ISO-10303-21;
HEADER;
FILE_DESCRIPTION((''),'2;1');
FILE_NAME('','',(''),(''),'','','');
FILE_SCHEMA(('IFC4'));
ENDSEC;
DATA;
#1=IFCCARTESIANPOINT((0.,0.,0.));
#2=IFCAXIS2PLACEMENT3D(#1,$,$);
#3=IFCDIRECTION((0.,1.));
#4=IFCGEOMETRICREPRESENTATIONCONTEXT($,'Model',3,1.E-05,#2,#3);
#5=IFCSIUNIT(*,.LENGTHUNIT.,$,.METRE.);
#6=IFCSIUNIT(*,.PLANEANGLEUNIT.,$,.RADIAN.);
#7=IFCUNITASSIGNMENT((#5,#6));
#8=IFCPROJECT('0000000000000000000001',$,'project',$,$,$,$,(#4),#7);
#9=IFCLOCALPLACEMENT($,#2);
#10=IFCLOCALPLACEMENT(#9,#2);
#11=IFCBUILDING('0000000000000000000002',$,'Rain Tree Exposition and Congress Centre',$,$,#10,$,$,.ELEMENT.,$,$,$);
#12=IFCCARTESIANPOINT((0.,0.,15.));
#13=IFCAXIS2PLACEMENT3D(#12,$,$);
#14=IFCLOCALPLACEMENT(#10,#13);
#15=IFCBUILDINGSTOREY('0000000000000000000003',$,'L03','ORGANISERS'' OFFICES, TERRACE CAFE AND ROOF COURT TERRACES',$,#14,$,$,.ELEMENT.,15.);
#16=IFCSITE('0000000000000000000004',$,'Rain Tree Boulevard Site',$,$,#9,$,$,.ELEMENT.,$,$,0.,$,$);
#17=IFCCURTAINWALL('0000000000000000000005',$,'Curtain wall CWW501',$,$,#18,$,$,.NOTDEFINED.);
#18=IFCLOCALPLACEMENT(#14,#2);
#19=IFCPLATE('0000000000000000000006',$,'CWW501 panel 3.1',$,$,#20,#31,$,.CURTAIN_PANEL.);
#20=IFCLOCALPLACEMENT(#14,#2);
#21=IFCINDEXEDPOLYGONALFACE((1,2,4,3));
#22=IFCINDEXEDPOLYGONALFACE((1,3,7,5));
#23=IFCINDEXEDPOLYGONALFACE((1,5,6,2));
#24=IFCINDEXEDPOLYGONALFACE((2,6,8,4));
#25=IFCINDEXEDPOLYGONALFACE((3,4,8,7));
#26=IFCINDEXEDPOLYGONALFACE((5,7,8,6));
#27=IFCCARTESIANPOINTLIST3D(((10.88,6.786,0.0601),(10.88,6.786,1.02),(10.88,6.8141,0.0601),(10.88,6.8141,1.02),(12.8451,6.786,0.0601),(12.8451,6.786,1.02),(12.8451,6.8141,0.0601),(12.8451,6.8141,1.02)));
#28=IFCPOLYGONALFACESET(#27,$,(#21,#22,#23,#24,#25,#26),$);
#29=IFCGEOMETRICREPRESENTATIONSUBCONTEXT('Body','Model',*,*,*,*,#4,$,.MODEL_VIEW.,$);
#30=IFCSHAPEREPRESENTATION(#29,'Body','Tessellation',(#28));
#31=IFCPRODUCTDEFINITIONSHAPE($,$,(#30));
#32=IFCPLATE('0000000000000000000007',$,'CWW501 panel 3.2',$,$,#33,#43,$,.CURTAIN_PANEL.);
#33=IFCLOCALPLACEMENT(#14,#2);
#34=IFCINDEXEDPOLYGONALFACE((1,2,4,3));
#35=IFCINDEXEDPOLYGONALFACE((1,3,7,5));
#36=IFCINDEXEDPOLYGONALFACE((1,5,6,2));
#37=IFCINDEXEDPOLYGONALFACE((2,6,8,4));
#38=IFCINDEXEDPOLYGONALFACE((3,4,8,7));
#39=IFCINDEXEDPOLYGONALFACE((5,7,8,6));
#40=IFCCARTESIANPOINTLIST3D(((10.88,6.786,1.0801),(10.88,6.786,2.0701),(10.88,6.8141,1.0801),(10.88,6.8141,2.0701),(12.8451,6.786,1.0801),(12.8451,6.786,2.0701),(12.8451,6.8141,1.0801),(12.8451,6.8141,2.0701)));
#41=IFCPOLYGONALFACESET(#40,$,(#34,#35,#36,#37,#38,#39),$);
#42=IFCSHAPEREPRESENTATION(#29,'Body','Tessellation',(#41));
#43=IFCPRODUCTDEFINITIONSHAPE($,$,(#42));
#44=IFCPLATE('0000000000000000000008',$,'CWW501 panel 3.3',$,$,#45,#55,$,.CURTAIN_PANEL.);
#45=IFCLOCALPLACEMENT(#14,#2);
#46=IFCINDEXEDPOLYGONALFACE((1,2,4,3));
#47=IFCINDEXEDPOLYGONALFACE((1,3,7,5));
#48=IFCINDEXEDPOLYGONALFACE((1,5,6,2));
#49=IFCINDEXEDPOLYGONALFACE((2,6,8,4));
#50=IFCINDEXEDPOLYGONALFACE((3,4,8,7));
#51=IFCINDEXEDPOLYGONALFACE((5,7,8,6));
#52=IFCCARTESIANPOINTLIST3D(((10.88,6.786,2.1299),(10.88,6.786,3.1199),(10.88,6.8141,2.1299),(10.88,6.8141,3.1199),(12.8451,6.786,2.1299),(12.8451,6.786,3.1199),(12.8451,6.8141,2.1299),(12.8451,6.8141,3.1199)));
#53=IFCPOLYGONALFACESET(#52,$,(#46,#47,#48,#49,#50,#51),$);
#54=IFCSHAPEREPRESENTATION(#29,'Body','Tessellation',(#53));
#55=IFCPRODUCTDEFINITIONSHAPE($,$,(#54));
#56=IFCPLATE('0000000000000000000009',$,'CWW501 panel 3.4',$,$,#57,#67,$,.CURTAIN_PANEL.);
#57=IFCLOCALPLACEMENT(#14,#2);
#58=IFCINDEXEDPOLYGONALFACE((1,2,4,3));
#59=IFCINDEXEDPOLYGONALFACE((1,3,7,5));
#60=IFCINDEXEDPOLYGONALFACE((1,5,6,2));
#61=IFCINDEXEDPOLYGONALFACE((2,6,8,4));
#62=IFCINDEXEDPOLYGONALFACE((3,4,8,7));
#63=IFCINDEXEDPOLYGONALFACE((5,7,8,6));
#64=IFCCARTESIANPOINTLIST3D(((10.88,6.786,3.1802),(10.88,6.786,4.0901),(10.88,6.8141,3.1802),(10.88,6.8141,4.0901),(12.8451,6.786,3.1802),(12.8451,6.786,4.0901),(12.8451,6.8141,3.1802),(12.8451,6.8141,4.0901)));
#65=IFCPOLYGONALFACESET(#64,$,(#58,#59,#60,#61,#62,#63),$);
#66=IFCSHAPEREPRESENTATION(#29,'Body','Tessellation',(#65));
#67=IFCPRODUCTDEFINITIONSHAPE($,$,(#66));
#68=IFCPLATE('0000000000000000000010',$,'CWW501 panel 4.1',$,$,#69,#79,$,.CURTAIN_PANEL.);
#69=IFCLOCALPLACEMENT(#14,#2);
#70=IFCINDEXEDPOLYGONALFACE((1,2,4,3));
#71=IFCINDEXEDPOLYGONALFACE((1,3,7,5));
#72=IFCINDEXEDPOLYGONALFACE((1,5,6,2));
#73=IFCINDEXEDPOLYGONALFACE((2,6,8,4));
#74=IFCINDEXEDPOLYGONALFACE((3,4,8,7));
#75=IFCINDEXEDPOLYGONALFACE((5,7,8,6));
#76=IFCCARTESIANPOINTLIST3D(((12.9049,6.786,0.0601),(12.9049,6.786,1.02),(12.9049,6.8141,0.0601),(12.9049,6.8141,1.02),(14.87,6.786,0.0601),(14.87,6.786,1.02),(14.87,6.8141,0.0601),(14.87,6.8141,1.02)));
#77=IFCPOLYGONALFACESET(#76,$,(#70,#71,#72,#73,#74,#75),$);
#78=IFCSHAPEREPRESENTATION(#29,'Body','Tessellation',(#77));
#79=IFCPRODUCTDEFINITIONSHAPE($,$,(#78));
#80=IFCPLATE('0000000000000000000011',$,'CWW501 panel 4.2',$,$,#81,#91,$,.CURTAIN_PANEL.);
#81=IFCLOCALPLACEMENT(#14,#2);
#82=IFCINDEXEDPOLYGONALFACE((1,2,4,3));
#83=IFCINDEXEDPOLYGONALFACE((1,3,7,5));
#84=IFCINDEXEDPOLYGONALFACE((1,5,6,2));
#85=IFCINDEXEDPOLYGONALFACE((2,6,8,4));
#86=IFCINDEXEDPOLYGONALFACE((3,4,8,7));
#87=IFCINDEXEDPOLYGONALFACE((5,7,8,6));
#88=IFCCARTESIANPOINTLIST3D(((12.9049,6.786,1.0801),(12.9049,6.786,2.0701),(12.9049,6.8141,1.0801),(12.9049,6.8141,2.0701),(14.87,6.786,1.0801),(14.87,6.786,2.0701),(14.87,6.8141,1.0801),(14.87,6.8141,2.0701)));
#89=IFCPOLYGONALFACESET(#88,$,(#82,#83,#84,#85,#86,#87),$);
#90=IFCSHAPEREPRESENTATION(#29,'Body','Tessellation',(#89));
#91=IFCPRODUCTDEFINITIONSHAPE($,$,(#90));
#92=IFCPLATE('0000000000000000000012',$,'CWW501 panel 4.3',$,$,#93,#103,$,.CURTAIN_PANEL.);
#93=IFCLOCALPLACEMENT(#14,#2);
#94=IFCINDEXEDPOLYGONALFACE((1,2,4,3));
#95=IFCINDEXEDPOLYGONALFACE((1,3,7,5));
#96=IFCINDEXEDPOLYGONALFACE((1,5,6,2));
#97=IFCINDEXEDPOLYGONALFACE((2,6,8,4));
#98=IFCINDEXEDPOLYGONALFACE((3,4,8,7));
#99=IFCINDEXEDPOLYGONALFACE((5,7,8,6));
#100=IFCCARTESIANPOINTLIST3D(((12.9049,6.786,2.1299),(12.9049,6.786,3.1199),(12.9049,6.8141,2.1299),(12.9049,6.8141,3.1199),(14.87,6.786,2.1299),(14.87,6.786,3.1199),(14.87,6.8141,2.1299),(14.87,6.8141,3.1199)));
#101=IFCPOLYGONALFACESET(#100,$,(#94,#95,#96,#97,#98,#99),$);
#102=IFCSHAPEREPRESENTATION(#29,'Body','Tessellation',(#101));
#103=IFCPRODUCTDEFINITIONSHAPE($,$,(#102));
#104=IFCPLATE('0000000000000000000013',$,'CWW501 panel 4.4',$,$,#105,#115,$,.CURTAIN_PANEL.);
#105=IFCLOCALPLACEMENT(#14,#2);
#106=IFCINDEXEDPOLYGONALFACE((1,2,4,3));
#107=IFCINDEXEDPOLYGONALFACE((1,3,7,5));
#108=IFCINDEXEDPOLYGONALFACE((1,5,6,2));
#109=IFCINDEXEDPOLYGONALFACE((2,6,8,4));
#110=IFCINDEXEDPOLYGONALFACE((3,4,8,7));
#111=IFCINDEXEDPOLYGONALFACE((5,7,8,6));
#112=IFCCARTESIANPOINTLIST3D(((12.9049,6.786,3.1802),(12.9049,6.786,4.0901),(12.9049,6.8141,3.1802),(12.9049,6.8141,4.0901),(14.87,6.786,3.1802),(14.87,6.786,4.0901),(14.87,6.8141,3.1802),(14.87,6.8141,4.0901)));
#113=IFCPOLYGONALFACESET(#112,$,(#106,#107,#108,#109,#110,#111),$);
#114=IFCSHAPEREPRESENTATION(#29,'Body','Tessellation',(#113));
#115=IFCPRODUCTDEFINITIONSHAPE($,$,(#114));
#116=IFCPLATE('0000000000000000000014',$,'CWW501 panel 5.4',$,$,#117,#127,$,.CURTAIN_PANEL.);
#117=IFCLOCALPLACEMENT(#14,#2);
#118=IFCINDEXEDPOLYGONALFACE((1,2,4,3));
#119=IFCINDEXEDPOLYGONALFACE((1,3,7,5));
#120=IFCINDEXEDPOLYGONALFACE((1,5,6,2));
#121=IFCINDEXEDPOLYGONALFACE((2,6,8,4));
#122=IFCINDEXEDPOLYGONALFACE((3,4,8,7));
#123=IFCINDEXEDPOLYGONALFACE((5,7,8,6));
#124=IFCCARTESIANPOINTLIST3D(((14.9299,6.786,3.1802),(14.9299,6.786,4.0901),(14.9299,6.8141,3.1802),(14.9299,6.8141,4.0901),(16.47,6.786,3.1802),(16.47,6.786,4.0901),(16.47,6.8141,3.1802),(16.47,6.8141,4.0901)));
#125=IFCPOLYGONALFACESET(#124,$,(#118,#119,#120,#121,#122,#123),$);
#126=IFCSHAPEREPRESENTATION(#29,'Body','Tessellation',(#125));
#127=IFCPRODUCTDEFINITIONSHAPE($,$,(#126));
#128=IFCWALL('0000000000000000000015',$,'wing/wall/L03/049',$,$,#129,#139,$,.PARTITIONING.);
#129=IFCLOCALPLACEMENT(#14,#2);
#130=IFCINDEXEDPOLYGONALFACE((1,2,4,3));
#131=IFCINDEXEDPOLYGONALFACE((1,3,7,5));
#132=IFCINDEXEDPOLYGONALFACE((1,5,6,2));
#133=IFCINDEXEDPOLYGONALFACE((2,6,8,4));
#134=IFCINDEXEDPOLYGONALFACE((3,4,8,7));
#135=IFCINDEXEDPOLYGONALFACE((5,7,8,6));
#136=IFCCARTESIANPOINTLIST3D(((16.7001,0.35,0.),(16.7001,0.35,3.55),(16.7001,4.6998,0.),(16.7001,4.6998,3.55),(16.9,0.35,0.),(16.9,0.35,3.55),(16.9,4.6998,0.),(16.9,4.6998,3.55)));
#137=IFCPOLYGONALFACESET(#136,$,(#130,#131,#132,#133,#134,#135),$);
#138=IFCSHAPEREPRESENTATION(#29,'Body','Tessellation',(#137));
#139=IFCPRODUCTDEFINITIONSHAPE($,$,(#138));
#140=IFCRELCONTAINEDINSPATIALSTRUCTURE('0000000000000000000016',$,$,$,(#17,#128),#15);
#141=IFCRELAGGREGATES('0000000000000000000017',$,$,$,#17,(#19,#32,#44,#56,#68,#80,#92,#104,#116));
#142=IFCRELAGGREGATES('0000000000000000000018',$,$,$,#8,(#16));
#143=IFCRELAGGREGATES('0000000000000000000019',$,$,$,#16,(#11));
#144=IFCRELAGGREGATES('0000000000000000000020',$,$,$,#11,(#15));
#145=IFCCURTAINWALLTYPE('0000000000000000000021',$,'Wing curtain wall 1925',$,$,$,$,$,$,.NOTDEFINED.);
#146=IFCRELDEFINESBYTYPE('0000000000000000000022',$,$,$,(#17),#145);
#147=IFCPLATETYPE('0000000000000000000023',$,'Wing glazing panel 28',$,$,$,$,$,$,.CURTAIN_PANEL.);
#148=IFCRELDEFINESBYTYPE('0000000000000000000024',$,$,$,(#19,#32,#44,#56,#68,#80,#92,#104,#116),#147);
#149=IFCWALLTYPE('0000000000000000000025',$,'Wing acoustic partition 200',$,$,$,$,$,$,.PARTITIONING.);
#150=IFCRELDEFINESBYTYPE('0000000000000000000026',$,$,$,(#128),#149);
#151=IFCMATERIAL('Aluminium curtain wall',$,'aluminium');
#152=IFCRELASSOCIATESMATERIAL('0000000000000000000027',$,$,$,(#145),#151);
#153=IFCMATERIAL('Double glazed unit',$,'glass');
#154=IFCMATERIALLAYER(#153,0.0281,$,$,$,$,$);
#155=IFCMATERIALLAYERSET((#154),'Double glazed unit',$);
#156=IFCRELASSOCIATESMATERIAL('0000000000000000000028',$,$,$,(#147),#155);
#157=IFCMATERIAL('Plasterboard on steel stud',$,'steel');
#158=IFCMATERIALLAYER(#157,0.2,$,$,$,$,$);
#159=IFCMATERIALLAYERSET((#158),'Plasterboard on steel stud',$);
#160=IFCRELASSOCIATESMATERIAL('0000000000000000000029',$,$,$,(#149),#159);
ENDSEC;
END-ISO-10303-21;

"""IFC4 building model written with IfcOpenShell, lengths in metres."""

from ifc_helpers import new_model, si_unit, direction, frame, frame_2d, origin, origin_2d, place, context, subcontext, project, spatial, rectangle, extrude, material, layer, layer_set, type_object, element, aggregate, save


model = new_model("IFC4")

# Units and contexts
model_context = context("Model", 3, precision=1e-05, world=origin(), true_north=direction((0.0, 1.0)))
body_context = subcontext(model_context, "Body", "Model", "MODEL_VIEW")
ifc_project = project(units=[si_unit("LENGTHUNIT", "METRE"), si_unit("PLANEANGLEUNIT", "RADIAN")], contexts=[model_context])

# Site, building, storey
site_placement = place(None, origin())
site = spatial("IfcSite", under=ifc_project, at=site_placement, Name="Rain Tree Boulevard Site", CompositionType="ELEMENT", RefElevation=0.0)
building_placement = place(site_placement, origin())
building = spatial("IfcBuilding", under=site, at=building_placement, Name="Rain Tree Exposition and Congress Centre", CompositionType="ELEMENT")
storey_placement = place(building_placement, frame((0.0, 0.0, 15.0)))
storey = spatial("IfcBuildingStorey", under=building, at=storey_placement, Name="L03", Description="ORGANISERS' OFFICES, TERRACE CAFE AND ROOF COURT TERRACES", CompositionType="ELEMENT", Elevation=15.0)

# Curtain wall, plates
ifc_material_1 = material(Name="Aluminium curtain wall", Category="aluminium")
curtain_wall_type = type_object("IfcCurtainWallType", Name="Wing curtain wall 1925", PredefinedType="NOTDEFINED", material=ifc_material_1)
curtain_wall_placement = place(storey_placement, origin())
curtain_wall = element("IfcCurtainWall", 1, at=curtain_wall_placement, inside=storey, type_object=curtain_wall_type, Name="Curtain wall CWW501", PredefinedType="NOTDEFINED")
ifc_material_2 = material(Name="Double glazed unit", Category="glass")
ifc_layer_1 = layer(ifc_material_2, 0.0281)
ifc_layer_set_1 = layer_set([ifc_layer_1], Name="Double glazed unit")
plate_type = type_object("IfcPlateType", Name="Wing glazing panel 28", PredefinedType="CURTAIN_PANEL", material=ifc_layer_set_1)
plate_1_placement = place(storey_placement, frame((11.8625, 6.8, 0.0601), z_axis=(0.0, 0.0, 1.0), x_axis=(1.0, 0.0, 0.0)))
plate_1 = element("IfcPlate", 2, at=plate_1_placement, type_object=plate_type, Name="CWW501 panel 3.1", PredefinedType="CURTAIN_PANEL", context=body_context, shape_type="SweptSolid", body=[
    extrude(rectangle(XDim=1.9651, YDim=0.0281, at=origin_2d()), origin(), (0.0, 0.0, 1.0), 0.96),
])
plate_2_placement = place(storey_placement, frame((11.8625, 6.8, 1.0801), z_axis=(0.0, 0.0, 1.0), x_axis=(1.0, 0.0, 0.0)))
plate_2 = element("IfcPlate", 3, at=plate_2_placement, type_object=plate_type, Name="CWW501 panel 3.2", PredefinedType="CURTAIN_PANEL", context=body_context, shape_type="SweptSolid", body=[
    extrude(rectangle(XDim=1.9651, YDim=0.0281, at=origin_2d()), origin(), (0.0, 0.0, 1.0), 0.99),
])
plate_3_placement = place(storey_placement, frame((11.8625, 6.8, 2.1299), z_axis=(0.0, 0.0, 1.0), x_axis=(1.0, 0.0, 0.0)))
plate_3 = element("IfcPlate", 4, at=plate_3_placement, type_object=plate_type, Name="CWW501 panel 3.3", PredefinedType="CURTAIN_PANEL", context=body_context, shape_type="SweptSolid", body=[
    extrude(rectangle(XDim=1.9651, YDim=0.0281, at=origin_2d()), origin(), (0.0, 0.0, 1.0), 0.99),
])
plate_4_placement = place(storey_placement, frame((11.8625, 6.8, 3.1802), z_axis=(0.0, 0.0, 1.0), x_axis=(1.0, 0.0, 0.0)))
plate_4 = element("IfcPlate", 5, at=plate_4_placement, type_object=plate_type, Name="CWW501 panel 3.4", PredefinedType="CURTAIN_PANEL", context=body_context, shape_type="SweptSolid", body=[
    extrude(rectangle(XDim=1.9651, YDim=0.0281, at=origin_2d()), origin(), (0.0, 0.0, 1.0), 0.9099),
])
plate_5_placement = place(storey_placement, frame((13.8875, 6.8, 0.0601), z_axis=(0.0, 0.0, 1.0), x_axis=(1.0, 0.0, 0.0)))
plate_5 = element("IfcPlate", 6, at=plate_5_placement, type_object=plate_type, Name="CWW501 panel 4.1", PredefinedType="CURTAIN_PANEL", context=body_context, shape_type="SweptSolid", body=[
    extrude(rectangle(XDim=1.9651, YDim=0.0281, at=origin_2d()), origin(), (0.0, 0.0, 1.0), 0.96),
])
plate_6_placement = place(storey_placement, frame((13.8875, 6.8, 1.0801), z_axis=(0.0, 0.0, 1.0), x_axis=(1.0, 0.0, 0.0)))
plate_6 = element("IfcPlate", 7, at=plate_6_placement, type_object=plate_type, Name="CWW501 panel 4.2", PredefinedType="CURTAIN_PANEL", context=body_context, shape_type="SweptSolid", body=[
    extrude(rectangle(XDim=1.9651, YDim=0.0281, at=origin_2d()), origin(), (0.0, 0.0, 1.0), 0.99),
])
plate_7_placement = place(storey_placement, frame((13.8875, 6.8, 2.1299), z_axis=(0.0, 0.0, 1.0), x_axis=(1.0, 0.0, 0.0)))
plate_7 = element("IfcPlate", 8, at=plate_7_placement, type_object=plate_type, Name="CWW501 panel 4.3", PredefinedType="CURTAIN_PANEL", context=body_context, shape_type="SweptSolid", body=[
    extrude(rectangle(XDim=1.9651, YDim=0.0281, at=origin_2d()), origin(), (0.0, 0.0, 1.0), 0.99),
])
plate_8_placement = place(storey_placement, frame((13.8875, 6.8, 3.1802), z_axis=(0.0, 0.0, 1.0), x_axis=(1.0, 0.0, 0.0)))
plate_8 = element("IfcPlate", 9, at=plate_8_placement, type_object=plate_type, Name="CWW501 panel 4.4", PredefinedType="CURTAIN_PANEL", context=body_context, shape_type="SweptSolid", body=[
    extrude(rectangle(XDim=1.9651, YDim=0.0281, at=origin_2d()), origin(), (0.0, 0.0, 1.0), 0.9099),
])
plate_9_placement = place(storey_placement, frame((15.7, 6.8, 3.1802), z_axis=(0.0, 0.0, 1.0), x_axis=(1.0, 0.0, 0.0)))
plate_9 = element("IfcPlate", 10, at=plate_9_placement, type_object=plate_type, Name="CWW501 panel 5.4", PredefinedType="CURTAIN_PANEL", context=body_context, shape_type="SweptSolid", body=[
    extrude(rectangle(XDim=1.54, YDim=0.0281, at=origin_2d()), origin(), (0.0, 0.0, 1.0), 0.9099),
])
aggregate(curtain_wall, [plate_1, plate_2, plate_3, plate_4, plate_5, plate_6, plate_7, plate_8, plate_9])

# Shared definitions
ifc_material_3 = material(Name="Plasterboard on steel stud", Category="steel")
ifc_layer_2 = layer(ifc_material_3, 0.2)
ifc_layer_set_2 = layer_set([ifc_layer_2], Name="Plasterboard on steel stud")
wall_type = type_object("IfcWallType", Name="Wing acoustic partition 200", PredefinedType="PARTITIONING", material=ifc_layer_set_2)

# Wall
wall_1_placement = place(storey_placement, frame((16.8, 0.3501, 0.0), z_axis=(0.0, 0.0, 1.0), x_axis=(0.0, 1.0, 0.0)))
element("IfcWall", 11, at=wall_1_placement, inside=storey, type_object=wall_type, Name="wing/wall/L03/049", PredefinedType="PARTITIONING", context=body_context, shape_type="SweptSolid", body=[
    extrude(rectangle(XDim=4.3499, YDim=0.2, at=frame_2d((2.1748, 0.0))), origin(), (0.0, 0.0, 1.0), 3.55),
])

save(model, "model.ifc")
